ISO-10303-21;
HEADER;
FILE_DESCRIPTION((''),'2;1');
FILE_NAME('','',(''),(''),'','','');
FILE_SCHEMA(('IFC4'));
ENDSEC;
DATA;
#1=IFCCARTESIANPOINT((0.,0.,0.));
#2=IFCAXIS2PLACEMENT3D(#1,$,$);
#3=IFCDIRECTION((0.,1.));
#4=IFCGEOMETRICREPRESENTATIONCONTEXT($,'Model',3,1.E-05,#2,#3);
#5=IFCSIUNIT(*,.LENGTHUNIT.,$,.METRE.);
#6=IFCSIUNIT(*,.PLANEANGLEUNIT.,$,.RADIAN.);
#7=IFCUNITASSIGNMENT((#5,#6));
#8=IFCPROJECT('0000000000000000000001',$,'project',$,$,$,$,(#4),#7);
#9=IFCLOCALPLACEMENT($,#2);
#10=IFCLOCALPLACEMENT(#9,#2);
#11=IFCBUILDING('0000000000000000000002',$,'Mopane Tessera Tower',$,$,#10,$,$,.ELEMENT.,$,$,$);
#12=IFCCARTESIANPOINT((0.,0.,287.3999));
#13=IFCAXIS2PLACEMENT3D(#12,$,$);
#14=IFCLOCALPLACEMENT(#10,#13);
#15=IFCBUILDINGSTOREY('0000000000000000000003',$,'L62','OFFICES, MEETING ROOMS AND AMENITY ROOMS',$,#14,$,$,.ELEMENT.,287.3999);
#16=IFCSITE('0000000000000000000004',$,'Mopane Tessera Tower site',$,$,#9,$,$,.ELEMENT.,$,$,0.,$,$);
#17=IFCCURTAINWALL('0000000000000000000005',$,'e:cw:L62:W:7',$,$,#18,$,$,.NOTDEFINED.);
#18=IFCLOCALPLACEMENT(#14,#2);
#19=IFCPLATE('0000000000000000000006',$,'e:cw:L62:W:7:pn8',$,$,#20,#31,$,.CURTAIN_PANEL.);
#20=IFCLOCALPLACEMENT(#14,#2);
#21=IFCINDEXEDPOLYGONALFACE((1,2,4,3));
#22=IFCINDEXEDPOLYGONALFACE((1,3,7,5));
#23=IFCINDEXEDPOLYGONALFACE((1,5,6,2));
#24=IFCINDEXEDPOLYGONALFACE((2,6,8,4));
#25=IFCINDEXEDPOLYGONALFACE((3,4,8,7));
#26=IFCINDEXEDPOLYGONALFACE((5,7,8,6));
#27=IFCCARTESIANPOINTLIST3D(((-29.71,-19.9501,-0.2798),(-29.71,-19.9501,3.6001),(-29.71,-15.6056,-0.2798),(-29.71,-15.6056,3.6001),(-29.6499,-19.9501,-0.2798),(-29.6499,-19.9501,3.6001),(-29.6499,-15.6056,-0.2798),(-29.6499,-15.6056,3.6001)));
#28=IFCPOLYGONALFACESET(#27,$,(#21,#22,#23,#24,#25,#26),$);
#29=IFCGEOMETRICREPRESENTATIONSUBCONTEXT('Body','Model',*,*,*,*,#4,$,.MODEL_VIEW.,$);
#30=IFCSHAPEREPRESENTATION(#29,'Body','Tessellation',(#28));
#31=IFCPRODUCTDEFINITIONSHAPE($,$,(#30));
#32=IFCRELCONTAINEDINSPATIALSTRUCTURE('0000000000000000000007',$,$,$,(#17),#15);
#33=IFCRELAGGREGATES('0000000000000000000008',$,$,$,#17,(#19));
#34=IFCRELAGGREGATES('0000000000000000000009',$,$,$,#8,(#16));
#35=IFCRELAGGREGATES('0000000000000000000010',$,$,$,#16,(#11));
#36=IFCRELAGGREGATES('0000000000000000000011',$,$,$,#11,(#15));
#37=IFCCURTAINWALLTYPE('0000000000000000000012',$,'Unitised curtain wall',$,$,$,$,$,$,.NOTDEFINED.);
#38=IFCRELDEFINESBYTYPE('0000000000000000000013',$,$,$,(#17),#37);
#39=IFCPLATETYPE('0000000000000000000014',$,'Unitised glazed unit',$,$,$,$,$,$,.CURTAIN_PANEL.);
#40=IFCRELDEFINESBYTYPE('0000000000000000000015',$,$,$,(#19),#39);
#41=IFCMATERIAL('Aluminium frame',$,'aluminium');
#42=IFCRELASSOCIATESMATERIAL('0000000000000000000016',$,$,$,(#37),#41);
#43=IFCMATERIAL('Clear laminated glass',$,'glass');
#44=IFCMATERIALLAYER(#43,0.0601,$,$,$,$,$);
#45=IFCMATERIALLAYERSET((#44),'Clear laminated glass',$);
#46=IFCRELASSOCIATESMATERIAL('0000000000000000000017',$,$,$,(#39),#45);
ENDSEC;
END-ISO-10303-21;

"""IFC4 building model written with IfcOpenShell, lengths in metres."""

from ifc_helpers import new_model, si_unit, direction, frame, origin, origin_2d, place, context, subcontext, project, spatial, rectangle, extrude, material, layer, layer_set, type_object, element, aggregate, save


model = new_model("IFC4")

# Units and contexts
model_context = context("Model", 3, precision=1e-05, world=origin(), true_north=direction((0.0, 1.0)))
body_context = subcontext(model_context, "Body", "Model", "MODEL_VIEW")
ifc_project = project(units=[si_unit("LENGTHUNIT", "METRE"), si_unit("PLANEANGLEUNIT", "RADIAN")], contexts=[model_context])

# Site, building, storey
site_placement = place(None, origin())
site = spatial("IfcSite", under=ifc_project, at=site_placement, Name="Mopane Tessera Tower site", CompositionType="ELEMENT", RefElevation=0.0)
building_placement = place(site_placement, origin())
building = spatial("IfcBuilding", under=site, at=building_placement, Name="Mopane Tessera Tower", CompositionType="ELEMENT")
storey_placement = place(building_placement, frame((0.0, 0.0, 287.3999)))
storey = spatial("IfcBuildingStorey", under=building, at=storey_placement, Name="L62", Description="OFFICES, MEETING ROOMS AND AMENITY ROOMS", CompositionType="ELEMENT", Elevation=287.3999)

# Curtain wall
ifc_material_1 = material(Name="Aluminium frame", Category="aluminium")
curtain_wall_type = type_object("IfcCurtainWallType", Name="Unitised curtain wall", PredefinedType="NOTDEFINED", material=ifc_material_1)
curtain_wall_1_placement = place(storey_placement, origin())
curtain_wall_1 = element("IfcCurtainWall", 1, at=curtain_wall_1_placement, inside=storey, type_object=curtain_wall_type, Name="e:cw:L62:W:7", PredefinedType="NOTDEFINED")

# Plate
ifc_material_2 = material(Name="Clear laminated glass", Category="glass")
ifc_layer = layer(ifc_material_2, 0.0601)
ifc_layer_set = layer_set([ifc_layer], Name="Clear laminated glass")
plate_type = type_object("IfcPlateType", Name="Unitised glazed unit", PredefinedType="CURTAIN_PANEL", material=ifc_layer_set)
plate_1_placement = place(storey_placement, frame((-29.6799, -17.7778, -0.2798), z_axis=(0.0, 0.0, 1.0), x_axis=(0.0, -1.0, 0.0)))
plate_1 = element("IfcPlate", 2, at=plate_1_placement, type_object=plate_type, Name="e:cw:L62:W:7:pn8", PredefinedType="CURTAIN_PANEL", context=body_context, shape_type="SweptSolid", body=[
    extrude(rectangle(XDim=4.3445, YDim=0.0601, at=origin_2d()), origin(), (0.0, 0.0, 1.0), 3.8799),
])
aggregate(curtain_wall_1, [plate_1])

save(model, "model.ifc")
